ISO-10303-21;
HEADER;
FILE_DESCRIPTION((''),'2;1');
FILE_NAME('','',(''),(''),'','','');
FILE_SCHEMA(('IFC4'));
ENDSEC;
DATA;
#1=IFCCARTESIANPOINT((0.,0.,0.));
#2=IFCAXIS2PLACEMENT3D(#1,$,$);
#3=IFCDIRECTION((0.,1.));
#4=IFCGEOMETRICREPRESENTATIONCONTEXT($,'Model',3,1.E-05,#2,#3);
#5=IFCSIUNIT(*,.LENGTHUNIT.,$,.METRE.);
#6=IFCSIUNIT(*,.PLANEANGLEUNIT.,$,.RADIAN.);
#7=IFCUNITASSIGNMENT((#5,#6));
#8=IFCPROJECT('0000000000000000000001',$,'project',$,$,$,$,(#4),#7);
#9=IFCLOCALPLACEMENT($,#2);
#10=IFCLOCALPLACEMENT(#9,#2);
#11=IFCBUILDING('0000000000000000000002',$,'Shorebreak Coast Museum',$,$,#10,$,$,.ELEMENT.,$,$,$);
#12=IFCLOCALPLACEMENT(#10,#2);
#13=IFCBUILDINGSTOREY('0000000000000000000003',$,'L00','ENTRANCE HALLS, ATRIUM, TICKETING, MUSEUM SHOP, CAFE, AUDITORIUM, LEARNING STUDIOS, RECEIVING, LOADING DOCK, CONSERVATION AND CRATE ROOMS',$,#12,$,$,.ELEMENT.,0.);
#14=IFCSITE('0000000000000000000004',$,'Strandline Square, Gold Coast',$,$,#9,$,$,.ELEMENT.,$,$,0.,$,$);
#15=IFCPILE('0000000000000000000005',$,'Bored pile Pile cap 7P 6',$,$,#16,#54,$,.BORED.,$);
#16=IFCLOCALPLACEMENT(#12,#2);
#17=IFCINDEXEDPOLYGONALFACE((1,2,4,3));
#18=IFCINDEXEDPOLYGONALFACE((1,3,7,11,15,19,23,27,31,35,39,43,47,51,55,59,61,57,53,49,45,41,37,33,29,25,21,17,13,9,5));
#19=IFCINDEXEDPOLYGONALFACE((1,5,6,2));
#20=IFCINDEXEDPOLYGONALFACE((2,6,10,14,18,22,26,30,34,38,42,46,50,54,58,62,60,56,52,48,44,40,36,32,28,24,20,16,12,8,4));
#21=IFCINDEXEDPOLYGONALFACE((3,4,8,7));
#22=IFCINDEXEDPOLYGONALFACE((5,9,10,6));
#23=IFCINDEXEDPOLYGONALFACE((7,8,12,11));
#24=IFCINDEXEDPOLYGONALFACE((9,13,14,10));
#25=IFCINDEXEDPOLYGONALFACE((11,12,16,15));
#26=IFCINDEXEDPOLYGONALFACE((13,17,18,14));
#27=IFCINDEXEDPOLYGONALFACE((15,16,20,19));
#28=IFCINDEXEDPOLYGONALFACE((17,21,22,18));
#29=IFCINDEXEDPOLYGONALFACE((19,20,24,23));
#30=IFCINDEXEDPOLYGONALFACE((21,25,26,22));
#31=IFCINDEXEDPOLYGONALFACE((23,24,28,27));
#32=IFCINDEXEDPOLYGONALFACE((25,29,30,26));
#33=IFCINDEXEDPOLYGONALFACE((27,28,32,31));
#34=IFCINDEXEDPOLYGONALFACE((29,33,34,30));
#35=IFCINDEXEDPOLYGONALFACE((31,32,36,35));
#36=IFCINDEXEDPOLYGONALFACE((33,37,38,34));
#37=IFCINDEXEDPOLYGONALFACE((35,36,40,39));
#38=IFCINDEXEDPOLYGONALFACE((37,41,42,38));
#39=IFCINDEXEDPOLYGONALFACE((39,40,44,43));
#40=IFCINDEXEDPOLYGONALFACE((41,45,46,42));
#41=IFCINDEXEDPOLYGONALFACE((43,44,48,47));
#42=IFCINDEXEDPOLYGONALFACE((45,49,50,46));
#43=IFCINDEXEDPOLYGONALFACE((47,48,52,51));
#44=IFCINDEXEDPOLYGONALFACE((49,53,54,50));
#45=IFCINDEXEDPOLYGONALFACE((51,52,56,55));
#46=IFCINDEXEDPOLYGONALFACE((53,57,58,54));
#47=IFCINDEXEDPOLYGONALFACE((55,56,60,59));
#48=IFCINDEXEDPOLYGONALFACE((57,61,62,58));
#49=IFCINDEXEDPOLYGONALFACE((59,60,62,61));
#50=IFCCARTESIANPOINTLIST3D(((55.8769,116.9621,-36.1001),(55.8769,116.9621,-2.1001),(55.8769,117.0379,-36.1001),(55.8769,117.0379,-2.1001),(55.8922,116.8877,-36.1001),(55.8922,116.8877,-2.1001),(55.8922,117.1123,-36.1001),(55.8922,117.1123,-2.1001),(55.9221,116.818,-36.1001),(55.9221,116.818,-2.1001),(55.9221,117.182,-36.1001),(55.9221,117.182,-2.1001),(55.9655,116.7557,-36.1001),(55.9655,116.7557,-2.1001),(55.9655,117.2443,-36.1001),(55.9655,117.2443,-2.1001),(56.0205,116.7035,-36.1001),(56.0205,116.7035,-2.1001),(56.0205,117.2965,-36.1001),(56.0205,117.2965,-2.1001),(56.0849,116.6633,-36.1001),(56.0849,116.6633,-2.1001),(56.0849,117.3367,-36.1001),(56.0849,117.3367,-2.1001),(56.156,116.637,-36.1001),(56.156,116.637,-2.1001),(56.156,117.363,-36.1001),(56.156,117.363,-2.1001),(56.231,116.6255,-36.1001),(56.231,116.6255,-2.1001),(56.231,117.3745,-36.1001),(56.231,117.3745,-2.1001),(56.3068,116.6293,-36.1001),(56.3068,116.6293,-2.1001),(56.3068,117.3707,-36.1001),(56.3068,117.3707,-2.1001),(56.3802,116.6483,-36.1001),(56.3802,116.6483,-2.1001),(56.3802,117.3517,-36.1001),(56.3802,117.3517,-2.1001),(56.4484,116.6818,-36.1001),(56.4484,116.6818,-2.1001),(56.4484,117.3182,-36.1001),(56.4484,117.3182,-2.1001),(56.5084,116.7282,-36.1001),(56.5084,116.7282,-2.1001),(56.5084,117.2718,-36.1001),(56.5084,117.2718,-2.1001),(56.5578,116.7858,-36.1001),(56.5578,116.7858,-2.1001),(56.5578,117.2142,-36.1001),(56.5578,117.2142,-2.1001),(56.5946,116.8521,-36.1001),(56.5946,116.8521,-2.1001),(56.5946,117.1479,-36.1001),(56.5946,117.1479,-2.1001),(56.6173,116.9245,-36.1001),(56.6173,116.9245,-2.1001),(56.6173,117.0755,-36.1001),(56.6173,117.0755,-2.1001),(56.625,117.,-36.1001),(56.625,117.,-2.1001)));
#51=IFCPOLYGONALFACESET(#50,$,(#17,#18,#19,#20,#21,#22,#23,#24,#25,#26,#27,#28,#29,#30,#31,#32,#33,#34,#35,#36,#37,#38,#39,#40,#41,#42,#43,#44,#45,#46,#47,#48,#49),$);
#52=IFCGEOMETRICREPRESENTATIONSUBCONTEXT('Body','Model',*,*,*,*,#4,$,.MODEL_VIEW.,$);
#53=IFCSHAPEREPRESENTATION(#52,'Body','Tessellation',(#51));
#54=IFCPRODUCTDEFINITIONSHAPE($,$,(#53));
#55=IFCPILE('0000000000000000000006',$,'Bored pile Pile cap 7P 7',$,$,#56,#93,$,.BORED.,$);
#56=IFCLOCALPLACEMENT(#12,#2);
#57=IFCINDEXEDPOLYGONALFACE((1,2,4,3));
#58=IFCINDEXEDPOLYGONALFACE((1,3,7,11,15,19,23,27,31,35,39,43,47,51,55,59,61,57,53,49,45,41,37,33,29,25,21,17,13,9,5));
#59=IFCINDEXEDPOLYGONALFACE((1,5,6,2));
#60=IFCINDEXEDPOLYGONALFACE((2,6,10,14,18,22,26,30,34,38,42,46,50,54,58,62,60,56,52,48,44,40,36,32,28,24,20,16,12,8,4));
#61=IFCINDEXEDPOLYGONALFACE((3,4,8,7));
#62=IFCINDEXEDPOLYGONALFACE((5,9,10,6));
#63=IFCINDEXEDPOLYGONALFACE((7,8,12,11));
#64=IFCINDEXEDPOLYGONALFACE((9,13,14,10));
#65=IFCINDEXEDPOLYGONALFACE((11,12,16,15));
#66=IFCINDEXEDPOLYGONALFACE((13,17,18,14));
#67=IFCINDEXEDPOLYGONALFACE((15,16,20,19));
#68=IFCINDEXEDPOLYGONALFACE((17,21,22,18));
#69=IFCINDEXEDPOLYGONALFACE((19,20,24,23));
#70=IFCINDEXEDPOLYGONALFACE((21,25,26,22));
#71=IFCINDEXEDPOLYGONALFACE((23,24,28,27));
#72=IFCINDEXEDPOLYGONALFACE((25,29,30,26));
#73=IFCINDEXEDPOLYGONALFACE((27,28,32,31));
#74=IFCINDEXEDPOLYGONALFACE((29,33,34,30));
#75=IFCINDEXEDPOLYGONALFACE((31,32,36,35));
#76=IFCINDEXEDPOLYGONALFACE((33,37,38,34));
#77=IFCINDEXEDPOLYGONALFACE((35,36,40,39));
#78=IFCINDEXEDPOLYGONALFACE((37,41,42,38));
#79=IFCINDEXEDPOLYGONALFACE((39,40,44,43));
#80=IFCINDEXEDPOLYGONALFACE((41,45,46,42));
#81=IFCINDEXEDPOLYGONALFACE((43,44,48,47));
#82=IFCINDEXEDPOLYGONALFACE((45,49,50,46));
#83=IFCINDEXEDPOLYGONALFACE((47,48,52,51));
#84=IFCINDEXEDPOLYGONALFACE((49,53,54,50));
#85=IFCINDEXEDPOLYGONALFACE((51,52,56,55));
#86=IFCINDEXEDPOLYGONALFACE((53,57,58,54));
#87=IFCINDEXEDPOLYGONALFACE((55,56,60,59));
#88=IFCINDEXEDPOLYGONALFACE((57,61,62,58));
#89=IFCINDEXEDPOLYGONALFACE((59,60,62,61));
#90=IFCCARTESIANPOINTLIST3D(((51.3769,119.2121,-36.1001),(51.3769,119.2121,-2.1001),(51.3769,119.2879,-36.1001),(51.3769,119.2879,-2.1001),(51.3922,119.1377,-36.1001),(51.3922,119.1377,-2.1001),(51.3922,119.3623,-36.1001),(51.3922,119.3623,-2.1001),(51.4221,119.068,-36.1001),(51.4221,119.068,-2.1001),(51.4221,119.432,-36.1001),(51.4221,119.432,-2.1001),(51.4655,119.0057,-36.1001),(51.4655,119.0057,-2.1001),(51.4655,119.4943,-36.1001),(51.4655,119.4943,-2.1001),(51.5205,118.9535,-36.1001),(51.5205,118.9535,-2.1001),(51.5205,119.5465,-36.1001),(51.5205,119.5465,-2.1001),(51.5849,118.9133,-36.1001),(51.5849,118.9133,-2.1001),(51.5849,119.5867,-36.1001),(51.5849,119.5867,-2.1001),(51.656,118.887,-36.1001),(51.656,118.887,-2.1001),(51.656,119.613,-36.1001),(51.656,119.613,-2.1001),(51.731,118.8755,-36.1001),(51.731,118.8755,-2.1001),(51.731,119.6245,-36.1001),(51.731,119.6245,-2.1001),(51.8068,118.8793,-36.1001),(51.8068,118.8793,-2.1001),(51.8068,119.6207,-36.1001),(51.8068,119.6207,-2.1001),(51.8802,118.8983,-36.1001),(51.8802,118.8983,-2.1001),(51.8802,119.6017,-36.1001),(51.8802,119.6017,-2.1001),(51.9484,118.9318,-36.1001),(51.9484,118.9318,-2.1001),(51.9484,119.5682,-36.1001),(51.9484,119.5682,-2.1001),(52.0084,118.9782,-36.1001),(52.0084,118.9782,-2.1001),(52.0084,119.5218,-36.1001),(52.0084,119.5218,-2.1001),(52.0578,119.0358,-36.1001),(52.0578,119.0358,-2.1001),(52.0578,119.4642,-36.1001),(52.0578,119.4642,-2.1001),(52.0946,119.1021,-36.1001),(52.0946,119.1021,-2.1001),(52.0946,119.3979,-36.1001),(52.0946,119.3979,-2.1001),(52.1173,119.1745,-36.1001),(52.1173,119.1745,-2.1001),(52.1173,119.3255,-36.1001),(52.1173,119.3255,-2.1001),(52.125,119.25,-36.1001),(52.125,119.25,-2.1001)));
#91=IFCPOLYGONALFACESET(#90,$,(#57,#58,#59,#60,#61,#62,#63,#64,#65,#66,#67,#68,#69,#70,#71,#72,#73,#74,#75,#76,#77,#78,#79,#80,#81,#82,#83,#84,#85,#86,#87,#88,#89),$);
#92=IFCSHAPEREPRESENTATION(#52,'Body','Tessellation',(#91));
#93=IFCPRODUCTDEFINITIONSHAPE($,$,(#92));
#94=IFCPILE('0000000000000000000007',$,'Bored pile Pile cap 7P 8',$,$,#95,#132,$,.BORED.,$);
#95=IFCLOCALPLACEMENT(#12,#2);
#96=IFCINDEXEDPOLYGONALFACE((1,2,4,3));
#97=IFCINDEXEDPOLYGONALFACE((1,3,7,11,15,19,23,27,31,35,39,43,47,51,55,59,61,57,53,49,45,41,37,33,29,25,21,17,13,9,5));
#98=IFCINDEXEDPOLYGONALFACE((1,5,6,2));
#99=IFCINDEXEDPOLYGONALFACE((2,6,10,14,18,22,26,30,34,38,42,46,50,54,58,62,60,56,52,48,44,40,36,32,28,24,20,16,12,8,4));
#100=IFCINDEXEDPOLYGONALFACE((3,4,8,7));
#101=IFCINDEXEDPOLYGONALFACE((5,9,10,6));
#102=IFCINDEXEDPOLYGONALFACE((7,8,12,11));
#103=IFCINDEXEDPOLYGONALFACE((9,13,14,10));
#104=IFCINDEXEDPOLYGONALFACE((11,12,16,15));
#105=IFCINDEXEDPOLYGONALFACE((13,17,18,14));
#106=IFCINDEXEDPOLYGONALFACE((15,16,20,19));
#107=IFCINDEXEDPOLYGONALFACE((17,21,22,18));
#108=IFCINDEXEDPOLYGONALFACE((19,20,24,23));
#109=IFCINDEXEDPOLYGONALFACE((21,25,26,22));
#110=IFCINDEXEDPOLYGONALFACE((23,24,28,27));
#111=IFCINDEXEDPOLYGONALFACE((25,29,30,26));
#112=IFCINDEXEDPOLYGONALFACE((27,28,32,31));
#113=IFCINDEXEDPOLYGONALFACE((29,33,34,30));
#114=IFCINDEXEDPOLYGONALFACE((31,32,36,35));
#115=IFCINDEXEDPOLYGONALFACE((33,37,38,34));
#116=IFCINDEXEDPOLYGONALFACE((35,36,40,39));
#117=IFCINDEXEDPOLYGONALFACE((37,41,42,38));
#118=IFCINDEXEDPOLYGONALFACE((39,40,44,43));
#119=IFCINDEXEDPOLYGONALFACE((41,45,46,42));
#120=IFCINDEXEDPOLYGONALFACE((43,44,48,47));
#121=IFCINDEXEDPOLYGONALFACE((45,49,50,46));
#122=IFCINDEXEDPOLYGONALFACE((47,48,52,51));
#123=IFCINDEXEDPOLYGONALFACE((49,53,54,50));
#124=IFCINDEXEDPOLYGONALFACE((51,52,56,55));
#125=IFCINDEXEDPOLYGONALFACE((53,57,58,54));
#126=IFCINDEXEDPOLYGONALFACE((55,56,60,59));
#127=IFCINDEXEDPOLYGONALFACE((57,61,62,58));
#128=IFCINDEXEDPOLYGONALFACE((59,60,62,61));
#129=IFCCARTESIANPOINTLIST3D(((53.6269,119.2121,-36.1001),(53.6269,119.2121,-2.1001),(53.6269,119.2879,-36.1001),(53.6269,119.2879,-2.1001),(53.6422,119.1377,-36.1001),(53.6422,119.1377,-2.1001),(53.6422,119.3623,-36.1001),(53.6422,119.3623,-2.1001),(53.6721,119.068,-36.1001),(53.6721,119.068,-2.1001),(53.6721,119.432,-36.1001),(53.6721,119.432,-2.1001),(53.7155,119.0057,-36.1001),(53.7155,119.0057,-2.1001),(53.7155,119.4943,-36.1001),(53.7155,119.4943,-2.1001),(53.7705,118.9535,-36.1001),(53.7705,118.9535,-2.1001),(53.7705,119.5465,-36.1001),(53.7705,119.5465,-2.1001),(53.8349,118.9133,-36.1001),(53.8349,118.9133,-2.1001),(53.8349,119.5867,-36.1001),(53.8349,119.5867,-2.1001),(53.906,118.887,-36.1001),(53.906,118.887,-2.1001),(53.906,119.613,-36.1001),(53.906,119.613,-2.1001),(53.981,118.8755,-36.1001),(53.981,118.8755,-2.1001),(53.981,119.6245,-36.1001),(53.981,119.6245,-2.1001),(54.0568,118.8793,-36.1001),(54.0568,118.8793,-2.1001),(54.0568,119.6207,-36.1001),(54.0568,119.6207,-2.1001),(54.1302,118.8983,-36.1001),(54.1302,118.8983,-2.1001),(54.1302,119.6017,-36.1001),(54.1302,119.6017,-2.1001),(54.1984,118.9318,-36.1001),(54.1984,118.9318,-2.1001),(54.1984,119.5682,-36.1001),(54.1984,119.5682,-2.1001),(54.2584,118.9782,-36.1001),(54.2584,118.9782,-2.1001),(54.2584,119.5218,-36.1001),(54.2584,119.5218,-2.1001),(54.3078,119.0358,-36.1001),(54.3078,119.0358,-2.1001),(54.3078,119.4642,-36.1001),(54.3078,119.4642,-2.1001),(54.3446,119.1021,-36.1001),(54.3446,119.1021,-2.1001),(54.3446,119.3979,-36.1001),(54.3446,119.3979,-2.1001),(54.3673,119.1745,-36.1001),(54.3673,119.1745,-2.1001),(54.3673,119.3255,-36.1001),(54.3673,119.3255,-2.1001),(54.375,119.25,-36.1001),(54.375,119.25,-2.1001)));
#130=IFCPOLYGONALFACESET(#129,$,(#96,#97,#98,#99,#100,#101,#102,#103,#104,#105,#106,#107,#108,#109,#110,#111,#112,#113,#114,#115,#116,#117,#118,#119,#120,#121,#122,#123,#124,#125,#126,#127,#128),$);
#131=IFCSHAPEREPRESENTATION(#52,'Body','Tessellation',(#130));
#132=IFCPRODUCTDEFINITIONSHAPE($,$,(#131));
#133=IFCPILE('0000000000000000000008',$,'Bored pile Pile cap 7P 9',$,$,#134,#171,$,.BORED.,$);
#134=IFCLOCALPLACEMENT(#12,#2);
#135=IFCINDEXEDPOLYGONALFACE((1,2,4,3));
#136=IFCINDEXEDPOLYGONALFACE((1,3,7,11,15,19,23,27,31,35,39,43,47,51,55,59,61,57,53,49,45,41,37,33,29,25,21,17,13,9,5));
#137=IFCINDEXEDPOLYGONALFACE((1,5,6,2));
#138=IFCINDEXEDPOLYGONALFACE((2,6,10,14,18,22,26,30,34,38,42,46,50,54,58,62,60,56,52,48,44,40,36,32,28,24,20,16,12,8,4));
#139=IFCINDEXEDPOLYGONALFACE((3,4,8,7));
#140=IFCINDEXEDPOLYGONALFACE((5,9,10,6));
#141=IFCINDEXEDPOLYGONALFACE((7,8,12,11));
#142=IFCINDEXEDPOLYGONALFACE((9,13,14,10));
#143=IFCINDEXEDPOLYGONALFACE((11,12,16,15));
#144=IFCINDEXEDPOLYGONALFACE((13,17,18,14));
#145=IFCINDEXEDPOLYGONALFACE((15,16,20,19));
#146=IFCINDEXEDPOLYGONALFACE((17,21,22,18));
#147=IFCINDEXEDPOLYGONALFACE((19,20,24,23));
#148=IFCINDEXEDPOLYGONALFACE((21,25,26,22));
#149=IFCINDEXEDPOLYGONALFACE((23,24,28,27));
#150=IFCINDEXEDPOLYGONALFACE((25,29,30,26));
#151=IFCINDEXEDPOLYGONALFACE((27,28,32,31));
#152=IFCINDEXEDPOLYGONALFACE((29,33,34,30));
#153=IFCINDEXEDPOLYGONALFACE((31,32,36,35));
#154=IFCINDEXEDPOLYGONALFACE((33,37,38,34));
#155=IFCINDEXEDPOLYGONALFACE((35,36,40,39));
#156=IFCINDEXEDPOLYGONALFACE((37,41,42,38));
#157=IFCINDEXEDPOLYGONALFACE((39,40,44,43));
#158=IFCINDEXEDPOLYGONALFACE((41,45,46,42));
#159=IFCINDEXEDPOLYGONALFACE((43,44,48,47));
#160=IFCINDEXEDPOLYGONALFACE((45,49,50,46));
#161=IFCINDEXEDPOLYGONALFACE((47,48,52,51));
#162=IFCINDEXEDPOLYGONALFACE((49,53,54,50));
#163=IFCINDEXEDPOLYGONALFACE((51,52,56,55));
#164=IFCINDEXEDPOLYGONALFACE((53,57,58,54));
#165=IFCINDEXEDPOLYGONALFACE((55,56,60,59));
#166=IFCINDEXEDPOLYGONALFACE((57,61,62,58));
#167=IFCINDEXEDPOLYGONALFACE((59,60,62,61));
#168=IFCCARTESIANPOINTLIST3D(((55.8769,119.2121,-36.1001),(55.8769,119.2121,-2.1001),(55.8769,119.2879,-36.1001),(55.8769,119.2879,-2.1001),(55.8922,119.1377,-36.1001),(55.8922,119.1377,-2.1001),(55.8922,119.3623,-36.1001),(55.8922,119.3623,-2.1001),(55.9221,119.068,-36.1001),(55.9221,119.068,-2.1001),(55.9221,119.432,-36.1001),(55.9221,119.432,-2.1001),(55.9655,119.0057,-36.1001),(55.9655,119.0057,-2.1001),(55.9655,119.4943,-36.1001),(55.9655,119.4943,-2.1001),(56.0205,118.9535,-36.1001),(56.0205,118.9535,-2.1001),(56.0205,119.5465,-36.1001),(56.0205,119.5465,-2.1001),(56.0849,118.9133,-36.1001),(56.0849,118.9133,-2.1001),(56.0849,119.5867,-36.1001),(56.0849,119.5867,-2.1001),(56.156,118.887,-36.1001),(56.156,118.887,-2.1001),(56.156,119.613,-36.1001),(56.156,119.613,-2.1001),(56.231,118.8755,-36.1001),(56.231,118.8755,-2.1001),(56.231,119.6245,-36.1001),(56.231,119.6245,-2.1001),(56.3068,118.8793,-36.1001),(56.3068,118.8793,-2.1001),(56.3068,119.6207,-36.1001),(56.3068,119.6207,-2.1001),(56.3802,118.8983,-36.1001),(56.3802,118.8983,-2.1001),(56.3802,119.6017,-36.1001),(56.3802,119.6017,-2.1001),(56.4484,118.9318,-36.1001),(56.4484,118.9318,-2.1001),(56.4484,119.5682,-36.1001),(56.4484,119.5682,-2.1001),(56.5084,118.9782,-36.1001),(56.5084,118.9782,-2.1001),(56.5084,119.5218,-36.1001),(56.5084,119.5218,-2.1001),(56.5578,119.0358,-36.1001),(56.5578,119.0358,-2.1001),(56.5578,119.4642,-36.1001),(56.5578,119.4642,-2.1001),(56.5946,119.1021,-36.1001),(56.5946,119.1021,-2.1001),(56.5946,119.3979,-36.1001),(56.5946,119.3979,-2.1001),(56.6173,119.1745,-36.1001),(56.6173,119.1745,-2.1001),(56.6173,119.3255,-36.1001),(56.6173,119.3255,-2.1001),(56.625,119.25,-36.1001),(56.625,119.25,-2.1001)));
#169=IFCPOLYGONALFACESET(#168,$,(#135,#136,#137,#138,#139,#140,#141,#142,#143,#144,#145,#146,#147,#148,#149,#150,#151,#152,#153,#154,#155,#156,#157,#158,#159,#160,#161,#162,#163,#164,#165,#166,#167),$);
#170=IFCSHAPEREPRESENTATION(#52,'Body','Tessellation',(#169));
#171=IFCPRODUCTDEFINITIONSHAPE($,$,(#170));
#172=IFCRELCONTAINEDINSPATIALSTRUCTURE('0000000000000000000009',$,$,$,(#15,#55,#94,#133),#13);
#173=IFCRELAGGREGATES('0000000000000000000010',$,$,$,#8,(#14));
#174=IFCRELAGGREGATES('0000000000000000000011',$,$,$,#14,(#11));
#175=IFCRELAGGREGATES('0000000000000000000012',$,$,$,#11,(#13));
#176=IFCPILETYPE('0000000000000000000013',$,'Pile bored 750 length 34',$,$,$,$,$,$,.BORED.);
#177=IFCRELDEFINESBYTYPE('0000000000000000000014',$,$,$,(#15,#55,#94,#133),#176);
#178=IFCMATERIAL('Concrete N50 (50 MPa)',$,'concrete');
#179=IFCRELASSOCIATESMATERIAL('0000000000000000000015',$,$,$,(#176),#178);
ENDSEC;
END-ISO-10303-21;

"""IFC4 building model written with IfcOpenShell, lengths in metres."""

from ifc_helpers import new_model, si_unit, direction, frame, origin, origin_2d, place, context, subcontext, project, spatial, circle, extrude, material, material_profile, profile_set, type_object, element, save


model = new_model("IFC4")

# Units and contexts
model_context = context("Model", 3, precision=1e-05, world=origin(), true_north=direction((0.0, 1.0)))
body_context = subcontext(model_context, "Body", "Model", "MODEL_VIEW")
ifc_project = project(units=[si_unit("LENGTHUNIT", "METRE"), si_unit("PLANEANGLEUNIT", "RADIAN")], contexts=[model_context])

# Site, building, storey
site_placement = place(None, origin())
site = spatial("IfcSite", under=ifc_project, at=site_placement, Name="Strandline Square, Gold Coast", CompositionType="ELEMENT", RefElevation=0.0)
building_placement = place(site_placement, origin())
building = spatial("IfcBuilding", under=site, at=building_placement, Name="Shorebreak Coast Museum", CompositionType="ELEMENT")
storey_placement = place(building_placement, origin())
storey = spatial("IfcBuildingStorey", under=building, at=storey_placement, Name="L00", Description="ENTRANCE HALLS, ATRIUM, TICKETING, MUSEUM SHOP, CAFE, AUDITORIUM, LEARNING STUDIOS, RECEIVING, LOADING DOCK, CONSERVATION AND CRATE ROOMS", CompositionType="ELEMENT", Elevation=0.0)

# Piles
ifc_material_1 = material(Name="Concrete N50 (50 MPa)", Category="concrete")
ifc_material_profile_1 = material_profile(ifc_material_1, circle(Radius=0.375, at=origin_2d()), Name="Pile bored 750 length 34")
ifc_profile_set_1 = profile_set([ifc_material_profile_1], Name="Concrete N50 (50 MPa)")
pile_type_1 = type_object("IfcPileType", Name="Pile bored 750 length 34", PredefinedType="BORED", material=ifc_profile_set_1)
for number, where, z_axis, x_axis, name in (
    (1, (56.25, 117.0, -2.1001), (0.0, 0.0, -1.0), (1.0, 0.0, 0.0), "Bored pile Pile cap 7P 6"),
    (2, (51.75, 119.25, -2.1001), (0.0, 0.0, -1.0), (1.0, 0.0, 0.0), "Bored pile Pile cap 7P 7"),
    (3, (54.0, 119.25, -2.1001), (0.0, 0.0, -1.0), (1.0, 0.0, 0.0), "Bored pile Pile cap 7P 8"),
    (4, (56.25, 119.25, -2.1001), (0.0, 0.0, -1.0), (1.0, 0.0, 0.0), "Bored pile Pile cap 7P 9"),
):
    element("IfcPile", number, at=place(storey_placement, frame(where, z_axis=z_axis, x_axis=x_axis)), inside=storey, type_object=pile_type_1, Name=name, PredefinedType="BORED", context=body_context, shape_type="SweptSolid", body=[
        extrude(circle(Radius=0.375, at=origin_2d()), origin(), (0.0, 0.0, 1.0), 34.0),
    ])

save(model, "model.ifc")
